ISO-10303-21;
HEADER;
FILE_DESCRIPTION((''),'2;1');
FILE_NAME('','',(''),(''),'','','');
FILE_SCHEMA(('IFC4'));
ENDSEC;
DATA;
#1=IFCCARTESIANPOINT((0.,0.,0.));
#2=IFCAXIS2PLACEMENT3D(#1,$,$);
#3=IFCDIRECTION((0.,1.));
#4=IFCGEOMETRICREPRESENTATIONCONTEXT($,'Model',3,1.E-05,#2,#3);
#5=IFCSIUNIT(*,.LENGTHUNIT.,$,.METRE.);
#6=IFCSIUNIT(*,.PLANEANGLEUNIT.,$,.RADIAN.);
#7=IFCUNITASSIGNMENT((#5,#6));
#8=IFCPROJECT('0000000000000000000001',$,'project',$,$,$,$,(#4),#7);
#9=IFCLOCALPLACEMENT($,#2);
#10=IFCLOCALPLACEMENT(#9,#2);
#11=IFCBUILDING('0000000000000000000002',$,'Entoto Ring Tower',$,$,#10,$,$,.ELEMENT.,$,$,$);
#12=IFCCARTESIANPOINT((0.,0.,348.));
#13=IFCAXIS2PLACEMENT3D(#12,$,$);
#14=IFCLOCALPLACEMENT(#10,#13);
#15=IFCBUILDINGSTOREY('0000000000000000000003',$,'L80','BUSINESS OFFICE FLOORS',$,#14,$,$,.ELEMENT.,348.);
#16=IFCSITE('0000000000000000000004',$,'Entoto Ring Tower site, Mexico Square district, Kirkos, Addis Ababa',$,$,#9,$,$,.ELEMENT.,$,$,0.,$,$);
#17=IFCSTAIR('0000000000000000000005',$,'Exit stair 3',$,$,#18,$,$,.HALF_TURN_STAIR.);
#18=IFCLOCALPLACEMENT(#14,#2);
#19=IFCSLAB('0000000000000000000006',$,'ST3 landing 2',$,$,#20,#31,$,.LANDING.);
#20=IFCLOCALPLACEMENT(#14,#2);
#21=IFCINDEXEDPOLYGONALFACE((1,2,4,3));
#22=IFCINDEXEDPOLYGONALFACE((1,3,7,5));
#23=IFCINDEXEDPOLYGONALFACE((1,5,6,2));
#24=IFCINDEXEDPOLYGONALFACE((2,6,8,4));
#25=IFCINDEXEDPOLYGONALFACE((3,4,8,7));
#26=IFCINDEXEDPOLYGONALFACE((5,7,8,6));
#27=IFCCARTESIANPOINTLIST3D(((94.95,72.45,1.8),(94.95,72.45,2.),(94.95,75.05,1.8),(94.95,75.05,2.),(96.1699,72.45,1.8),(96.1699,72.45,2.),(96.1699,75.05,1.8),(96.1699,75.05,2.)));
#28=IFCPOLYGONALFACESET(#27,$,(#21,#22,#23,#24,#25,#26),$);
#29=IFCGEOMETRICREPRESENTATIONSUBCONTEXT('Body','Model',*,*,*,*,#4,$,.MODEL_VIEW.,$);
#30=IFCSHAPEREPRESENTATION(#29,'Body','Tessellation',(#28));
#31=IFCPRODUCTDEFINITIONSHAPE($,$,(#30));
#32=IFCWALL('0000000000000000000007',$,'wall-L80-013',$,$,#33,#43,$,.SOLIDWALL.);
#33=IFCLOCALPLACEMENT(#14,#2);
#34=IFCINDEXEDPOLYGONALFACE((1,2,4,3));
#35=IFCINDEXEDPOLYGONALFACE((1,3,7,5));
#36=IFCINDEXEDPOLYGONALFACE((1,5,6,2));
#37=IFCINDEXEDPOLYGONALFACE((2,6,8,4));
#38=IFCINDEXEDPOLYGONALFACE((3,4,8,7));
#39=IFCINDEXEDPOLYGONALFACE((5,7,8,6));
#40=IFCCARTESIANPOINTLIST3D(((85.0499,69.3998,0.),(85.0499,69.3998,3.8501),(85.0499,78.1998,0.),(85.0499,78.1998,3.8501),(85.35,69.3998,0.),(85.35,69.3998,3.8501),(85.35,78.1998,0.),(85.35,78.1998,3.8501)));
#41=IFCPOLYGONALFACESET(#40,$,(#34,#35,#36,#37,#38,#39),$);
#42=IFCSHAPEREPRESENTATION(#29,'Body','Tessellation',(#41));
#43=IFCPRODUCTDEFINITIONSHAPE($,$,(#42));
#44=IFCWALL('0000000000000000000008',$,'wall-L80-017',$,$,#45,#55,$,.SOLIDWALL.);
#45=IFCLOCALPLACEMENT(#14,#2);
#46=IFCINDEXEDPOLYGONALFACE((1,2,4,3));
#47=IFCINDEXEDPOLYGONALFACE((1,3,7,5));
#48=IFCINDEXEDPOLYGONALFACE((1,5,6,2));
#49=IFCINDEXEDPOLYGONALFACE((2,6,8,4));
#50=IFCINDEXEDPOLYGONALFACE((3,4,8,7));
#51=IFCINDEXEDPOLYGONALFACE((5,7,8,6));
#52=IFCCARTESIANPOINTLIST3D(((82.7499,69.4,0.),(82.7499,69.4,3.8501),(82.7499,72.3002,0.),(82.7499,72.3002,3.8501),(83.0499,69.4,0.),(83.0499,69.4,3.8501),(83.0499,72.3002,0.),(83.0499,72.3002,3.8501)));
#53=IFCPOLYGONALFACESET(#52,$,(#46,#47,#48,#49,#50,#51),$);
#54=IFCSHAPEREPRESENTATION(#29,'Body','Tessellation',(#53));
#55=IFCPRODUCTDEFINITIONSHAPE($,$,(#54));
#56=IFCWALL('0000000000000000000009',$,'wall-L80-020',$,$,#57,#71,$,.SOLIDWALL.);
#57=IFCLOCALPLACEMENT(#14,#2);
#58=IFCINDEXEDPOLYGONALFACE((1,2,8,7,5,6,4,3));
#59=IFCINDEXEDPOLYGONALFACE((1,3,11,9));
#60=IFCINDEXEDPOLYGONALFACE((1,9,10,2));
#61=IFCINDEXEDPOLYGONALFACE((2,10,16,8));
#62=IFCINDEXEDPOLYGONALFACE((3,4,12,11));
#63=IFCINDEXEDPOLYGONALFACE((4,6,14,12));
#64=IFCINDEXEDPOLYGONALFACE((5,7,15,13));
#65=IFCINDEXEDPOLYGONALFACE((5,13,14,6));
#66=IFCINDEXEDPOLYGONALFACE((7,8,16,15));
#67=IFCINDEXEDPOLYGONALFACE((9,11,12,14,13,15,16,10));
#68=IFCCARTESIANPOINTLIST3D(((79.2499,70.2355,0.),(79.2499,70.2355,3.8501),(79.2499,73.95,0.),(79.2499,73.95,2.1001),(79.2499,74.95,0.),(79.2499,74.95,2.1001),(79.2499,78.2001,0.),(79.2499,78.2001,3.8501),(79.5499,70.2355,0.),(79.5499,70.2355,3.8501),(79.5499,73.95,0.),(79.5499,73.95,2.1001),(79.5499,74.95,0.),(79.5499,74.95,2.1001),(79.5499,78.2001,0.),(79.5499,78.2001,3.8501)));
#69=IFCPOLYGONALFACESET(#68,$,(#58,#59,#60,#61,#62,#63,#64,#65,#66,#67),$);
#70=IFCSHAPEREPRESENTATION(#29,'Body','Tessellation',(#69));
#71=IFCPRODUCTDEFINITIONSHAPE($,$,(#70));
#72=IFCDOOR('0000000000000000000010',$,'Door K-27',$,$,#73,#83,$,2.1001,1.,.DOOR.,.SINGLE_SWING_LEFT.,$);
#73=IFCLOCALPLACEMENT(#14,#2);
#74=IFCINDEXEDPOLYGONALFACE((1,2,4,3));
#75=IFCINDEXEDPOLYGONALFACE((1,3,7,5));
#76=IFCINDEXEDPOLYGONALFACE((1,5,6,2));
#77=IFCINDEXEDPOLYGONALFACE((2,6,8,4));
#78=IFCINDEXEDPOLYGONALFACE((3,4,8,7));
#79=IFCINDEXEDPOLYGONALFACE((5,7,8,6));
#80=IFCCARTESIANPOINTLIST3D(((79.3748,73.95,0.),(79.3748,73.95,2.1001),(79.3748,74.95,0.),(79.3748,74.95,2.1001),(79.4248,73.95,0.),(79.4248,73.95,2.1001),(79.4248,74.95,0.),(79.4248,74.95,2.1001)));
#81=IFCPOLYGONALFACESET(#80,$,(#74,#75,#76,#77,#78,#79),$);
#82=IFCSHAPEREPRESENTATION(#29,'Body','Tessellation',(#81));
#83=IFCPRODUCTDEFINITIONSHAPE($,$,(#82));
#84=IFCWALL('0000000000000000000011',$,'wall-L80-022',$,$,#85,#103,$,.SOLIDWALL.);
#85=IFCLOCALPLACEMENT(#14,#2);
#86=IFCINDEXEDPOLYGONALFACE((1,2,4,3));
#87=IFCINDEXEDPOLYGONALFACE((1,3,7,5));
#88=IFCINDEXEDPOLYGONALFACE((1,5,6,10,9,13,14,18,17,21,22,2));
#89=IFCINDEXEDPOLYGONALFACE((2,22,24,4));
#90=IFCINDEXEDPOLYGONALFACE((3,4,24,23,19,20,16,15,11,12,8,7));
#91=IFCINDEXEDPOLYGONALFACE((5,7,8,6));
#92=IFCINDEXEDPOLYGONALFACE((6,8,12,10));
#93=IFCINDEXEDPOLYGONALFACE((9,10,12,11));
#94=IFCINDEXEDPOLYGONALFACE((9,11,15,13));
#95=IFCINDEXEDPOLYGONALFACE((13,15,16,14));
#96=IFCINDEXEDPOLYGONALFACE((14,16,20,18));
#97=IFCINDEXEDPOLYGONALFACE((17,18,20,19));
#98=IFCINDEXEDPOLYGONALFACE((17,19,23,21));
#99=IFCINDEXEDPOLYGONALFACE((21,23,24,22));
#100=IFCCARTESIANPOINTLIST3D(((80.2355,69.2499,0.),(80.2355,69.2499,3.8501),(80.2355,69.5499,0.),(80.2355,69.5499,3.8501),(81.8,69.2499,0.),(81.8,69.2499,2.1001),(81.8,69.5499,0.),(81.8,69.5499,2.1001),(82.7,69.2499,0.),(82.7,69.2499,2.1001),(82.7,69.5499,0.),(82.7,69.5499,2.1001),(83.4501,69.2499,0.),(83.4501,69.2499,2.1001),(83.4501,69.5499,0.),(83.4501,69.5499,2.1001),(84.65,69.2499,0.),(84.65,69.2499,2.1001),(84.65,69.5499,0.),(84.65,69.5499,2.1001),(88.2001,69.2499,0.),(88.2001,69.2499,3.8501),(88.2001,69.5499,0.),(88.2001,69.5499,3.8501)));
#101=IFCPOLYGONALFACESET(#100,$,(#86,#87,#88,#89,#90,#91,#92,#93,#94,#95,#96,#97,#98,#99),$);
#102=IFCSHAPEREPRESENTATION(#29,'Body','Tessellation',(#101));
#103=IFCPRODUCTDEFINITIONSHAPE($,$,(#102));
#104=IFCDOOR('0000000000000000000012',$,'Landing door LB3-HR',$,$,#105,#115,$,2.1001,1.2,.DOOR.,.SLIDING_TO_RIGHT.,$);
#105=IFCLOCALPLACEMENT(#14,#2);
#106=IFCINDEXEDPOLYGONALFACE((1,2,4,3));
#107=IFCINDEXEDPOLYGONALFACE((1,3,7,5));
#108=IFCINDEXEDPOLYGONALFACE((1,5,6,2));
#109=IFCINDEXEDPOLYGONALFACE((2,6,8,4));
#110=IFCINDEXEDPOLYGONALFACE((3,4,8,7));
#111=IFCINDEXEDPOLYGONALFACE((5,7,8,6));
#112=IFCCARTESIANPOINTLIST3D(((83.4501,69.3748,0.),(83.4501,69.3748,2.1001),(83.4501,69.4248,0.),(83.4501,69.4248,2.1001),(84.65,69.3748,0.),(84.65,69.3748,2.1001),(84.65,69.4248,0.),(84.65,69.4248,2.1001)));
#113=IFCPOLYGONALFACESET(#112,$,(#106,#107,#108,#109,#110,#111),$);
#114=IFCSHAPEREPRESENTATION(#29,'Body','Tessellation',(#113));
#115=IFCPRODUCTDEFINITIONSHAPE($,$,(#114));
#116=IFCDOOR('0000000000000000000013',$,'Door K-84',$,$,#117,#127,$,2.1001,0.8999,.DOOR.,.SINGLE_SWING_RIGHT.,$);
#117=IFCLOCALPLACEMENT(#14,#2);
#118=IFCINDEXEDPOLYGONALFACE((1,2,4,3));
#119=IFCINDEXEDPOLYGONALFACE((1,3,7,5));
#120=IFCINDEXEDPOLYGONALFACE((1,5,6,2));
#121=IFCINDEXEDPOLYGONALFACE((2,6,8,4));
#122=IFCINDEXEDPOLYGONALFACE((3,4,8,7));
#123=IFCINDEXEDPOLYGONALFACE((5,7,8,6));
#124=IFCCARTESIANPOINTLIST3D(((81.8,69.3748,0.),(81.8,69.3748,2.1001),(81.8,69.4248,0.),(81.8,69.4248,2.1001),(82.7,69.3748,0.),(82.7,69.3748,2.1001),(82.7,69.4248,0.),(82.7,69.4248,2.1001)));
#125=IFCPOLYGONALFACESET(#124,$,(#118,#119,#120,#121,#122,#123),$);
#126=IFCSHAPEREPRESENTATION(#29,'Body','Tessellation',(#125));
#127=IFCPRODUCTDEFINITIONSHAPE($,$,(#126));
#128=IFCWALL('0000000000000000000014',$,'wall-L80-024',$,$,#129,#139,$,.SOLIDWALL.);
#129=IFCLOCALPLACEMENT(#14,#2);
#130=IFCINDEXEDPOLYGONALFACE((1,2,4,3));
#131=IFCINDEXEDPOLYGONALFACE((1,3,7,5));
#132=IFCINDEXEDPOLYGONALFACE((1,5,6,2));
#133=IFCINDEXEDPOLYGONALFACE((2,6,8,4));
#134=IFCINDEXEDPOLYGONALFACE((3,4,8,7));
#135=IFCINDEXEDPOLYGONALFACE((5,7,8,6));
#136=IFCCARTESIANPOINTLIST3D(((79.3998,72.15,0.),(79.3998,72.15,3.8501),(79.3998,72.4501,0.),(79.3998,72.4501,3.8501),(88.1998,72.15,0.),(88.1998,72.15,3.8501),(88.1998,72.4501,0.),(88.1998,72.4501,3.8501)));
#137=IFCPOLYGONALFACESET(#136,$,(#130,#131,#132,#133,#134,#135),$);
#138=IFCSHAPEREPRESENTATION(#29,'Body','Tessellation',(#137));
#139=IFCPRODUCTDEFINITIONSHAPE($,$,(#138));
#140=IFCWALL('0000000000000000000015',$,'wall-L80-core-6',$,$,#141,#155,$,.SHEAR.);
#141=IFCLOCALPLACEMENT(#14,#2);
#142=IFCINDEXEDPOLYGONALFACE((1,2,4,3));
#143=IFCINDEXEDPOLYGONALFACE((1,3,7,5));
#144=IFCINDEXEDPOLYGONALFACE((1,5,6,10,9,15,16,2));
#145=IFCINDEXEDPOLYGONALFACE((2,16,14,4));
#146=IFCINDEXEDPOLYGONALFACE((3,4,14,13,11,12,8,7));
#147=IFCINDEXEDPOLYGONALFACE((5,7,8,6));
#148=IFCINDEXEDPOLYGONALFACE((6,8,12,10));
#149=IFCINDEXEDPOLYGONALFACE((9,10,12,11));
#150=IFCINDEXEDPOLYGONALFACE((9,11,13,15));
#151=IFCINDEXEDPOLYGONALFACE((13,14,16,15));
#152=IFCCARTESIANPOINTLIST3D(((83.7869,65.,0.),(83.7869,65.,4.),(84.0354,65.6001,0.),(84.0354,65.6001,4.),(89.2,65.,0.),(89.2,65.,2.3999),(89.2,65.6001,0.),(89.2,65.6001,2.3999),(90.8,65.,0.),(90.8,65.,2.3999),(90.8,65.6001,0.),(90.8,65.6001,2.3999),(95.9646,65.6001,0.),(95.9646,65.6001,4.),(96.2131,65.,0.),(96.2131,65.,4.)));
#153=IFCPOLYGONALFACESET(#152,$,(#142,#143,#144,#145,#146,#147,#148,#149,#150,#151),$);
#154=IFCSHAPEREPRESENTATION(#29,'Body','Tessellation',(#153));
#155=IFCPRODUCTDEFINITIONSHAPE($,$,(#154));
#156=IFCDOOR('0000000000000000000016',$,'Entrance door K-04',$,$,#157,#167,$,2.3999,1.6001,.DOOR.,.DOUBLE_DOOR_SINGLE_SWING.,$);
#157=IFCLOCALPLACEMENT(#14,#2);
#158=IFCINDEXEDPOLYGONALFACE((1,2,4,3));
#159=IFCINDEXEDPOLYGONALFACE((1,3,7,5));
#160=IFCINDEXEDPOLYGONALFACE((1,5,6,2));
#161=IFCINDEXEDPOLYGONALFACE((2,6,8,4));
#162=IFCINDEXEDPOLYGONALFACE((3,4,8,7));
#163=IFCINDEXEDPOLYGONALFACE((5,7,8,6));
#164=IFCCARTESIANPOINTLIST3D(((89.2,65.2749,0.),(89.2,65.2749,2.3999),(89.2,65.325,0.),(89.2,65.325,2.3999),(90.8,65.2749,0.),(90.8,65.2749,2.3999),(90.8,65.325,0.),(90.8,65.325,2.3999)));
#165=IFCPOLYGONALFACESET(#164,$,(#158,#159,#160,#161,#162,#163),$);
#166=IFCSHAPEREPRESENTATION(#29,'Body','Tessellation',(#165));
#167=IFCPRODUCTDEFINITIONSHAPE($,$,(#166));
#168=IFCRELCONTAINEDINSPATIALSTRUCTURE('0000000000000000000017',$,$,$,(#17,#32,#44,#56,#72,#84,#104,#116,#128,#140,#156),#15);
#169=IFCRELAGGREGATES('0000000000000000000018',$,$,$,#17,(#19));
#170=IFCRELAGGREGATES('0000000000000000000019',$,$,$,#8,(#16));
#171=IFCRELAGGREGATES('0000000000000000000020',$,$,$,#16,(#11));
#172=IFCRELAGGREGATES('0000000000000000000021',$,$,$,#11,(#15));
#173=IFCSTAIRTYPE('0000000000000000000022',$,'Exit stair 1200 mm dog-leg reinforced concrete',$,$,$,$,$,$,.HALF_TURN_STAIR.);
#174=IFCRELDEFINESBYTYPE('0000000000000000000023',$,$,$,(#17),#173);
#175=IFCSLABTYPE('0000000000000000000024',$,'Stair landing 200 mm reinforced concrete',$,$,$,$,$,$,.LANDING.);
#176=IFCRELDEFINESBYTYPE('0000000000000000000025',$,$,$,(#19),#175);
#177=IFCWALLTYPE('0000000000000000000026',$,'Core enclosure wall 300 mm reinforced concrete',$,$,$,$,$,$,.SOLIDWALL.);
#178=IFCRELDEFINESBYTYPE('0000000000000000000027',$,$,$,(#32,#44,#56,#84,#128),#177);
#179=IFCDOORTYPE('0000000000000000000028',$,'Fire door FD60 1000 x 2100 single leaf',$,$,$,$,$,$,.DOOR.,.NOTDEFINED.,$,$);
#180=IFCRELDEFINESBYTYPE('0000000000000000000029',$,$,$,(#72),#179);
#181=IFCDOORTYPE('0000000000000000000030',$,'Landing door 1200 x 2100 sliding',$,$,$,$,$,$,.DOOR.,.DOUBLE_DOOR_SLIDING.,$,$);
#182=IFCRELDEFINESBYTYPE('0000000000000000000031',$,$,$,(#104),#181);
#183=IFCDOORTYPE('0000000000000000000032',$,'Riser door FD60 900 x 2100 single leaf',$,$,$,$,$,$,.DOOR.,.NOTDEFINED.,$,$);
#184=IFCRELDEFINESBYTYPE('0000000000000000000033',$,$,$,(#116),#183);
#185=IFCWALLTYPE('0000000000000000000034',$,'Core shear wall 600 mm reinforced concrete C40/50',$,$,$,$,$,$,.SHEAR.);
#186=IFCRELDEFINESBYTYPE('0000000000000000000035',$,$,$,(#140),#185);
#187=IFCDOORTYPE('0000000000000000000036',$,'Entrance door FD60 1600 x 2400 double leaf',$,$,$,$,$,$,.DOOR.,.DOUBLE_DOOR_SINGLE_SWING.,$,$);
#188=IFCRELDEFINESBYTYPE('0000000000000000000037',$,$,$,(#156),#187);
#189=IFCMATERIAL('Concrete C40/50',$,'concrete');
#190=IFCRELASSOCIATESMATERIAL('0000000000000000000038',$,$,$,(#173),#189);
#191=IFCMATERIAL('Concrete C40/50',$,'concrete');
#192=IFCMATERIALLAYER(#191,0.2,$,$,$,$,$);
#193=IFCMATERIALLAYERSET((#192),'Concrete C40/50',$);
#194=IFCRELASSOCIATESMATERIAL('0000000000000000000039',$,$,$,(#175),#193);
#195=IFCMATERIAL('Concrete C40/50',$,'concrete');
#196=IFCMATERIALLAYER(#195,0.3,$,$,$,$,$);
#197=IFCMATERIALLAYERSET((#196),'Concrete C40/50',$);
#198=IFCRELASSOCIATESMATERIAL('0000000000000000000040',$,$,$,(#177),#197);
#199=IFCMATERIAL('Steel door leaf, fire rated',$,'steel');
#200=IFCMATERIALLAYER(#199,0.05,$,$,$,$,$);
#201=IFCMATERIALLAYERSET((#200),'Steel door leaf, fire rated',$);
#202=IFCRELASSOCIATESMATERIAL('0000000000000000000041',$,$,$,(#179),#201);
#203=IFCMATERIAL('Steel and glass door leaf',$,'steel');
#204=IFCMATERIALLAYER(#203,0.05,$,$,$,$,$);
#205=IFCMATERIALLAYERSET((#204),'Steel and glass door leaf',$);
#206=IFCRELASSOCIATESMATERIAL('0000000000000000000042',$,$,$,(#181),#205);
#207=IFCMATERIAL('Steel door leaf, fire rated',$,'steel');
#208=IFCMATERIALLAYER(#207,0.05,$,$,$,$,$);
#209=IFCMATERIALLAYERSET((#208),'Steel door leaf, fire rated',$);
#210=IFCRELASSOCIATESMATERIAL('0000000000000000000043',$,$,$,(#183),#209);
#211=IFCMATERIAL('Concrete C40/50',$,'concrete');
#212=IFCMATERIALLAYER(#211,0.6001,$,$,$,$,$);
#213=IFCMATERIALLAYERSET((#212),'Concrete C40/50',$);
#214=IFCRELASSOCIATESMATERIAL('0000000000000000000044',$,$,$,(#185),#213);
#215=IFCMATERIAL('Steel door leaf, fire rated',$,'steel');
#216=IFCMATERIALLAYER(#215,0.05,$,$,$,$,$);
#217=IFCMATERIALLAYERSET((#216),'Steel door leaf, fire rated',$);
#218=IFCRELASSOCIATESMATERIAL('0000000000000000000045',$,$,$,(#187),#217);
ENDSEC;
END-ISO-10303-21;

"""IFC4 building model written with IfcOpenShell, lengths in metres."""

from ifc_helpers import new_model, si_unit, direction, frame, frame_2d, origin, place, context, subcontext, project, spatial, polyline, rectangle, outline, extrude, material, layer, layer_set, type_object, element, fill, aggregate, save


model = new_model("IFC4")

# Units and contexts
model_context = context("Model", 3, precision=1e-05, world=origin(), true_north=direction((0.0, 1.0)))
body_context = subcontext(model_context, "Body", "Model", "MODEL_VIEW")
ifc_project = project(units=[si_unit("LENGTHUNIT", "METRE"), si_unit("PLANEANGLEUNIT", "RADIAN")], contexts=[model_context])

# Site, building, storey
site_placement = place(None, origin())
site = spatial("IfcSite", under=ifc_project, at=site_placement, Name="Entoto Ring Tower site, Mexico Square district, Kirkos, Addis Ababa", CompositionType="ELEMENT", RefElevation=0.0)
building_placement = place(site_placement, origin())
building = spatial("IfcBuilding", under=site, at=building_placement, Name="Entoto Ring Tower", CompositionType="ELEMENT")
storey_placement = place(building_placement, frame((0.0, 0.0, 348.0)))
storey = spatial("IfcBuildingStorey", under=building, at=storey_placement, Name="L80", Description="BUSINESS OFFICE FLOORS", CompositionType="ELEMENT", Elevation=348.0)

# Stair, slab
ifc_material_1 = material(Name="Concrete C40/50", Category="concrete")
stair_type = type_object("IfcStairType", Name="Exit stair 1200 mm dog-leg reinforced concrete", PredefinedType="HALF_TURN_STAIR", material=ifc_material_1)
stair_placement = place(storey_placement, origin())
stair = element("IfcStair", 1, at=stair_placement, inside=storey, type_object=stair_type, Name="Exit stair 3", PredefinedType="HALF_TURN_STAIR")
ifc_material_2 = material(Name="Concrete C40/50", Category="concrete")
ifc_layer_1 = layer(ifc_material_2, 0.2)
ifc_layer_set_1 = layer_set([ifc_layer_1], Name="Concrete C40/50")
slab_type_1 = type_object("IfcSlabType", Name="Stair landing 200 mm reinforced concrete", PredefinedType="LANDING", material=ifc_layer_set_1)
slab_1_placement = place(storey_placement, frame((0.0, 0.0, 1.8)))
slab_1 = element("IfcSlab", 2, at=slab_1_placement, type_object=slab_type_1, Name="ST3 landing 2", PredefinedType="LANDING", context=body_context, shape_type="SweptSolid", body=[
    extrude(outline(polyline([(94.95, 72.45), (96.1699, 72.45), (96.1699, 75.05), (94.95, 75.05), (94.95, 72.45)])), origin(), (0.0, 0.0, 1.0), 0.2),
])
aggregate(stair, [slab_1])

# Walls
ifc_material_3 = material(Name="Concrete C40/50", Category="concrete")
ifc_layer_2 = layer(ifc_material_3, 0.3)
ifc_layer_set_2 = layer_set([ifc_layer_2], Name="Concrete C40/50")
wall_type_1 = type_object("IfcWallType", Name="Core enclosure wall 300 mm reinforced concrete", PredefinedType="SOLIDWALL", material=ifc_layer_set_2)
wall_1_placement = place(storey_placement, frame((85.2, 69.3999, 0.0), z_axis=(0.0, 0.0, 1.0), x_axis=(0.0, 1.0, 0.0)))
element("IfcWall", 3, at=wall_1_placement, inside=storey, type_object=wall_type_1, Name="wall-L80-013", PredefinedType="SOLIDWALL", context=body_context, shape_type="SweptSolid", body=[
    extrude(rectangle(XDim=8.8, YDim=0.3, at=frame_2d((4.3999, 0.0))), origin(), (0.0, 0.0, 1.0), 3.8501),
])
wall_2_placement = place(storey_placement, frame((82.8999, 69.3999, 0.0), z_axis=(0.0, 0.0, 1.0), x_axis=(0.0, 1.0, 0.0)))
element("IfcWall", 4, at=wall_2_placement, inside=storey, type_object=wall_type_1, Name="wall-L80-017", PredefinedType="SOLIDWALL", context=body_context, shape_type="SweptSolid", body=[
    extrude(rectangle(XDim=2.9001, YDim=0.3, at=frame_2d((1.4502, 0.0))), origin(), (0.0, 0.0, 1.0), 3.8501),
])

# Wall, opening, door
wall_3_placement = place(storey_placement, frame((79.3999, 70.2354, 0.0), z_axis=(0.0, 0.0, 1.0), x_axis=(0.0, 1.0, 0.0)))
wall_3 = element("IfcWall", 5, at=wall_3_placement, inside=storey, type_object=wall_type_1, Name="wall-L80-020", PredefinedType="SOLIDWALL", context=body_context, shape_type="SweptSolid", body=[
    extrude(rectangle(XDim=7.9646, YDim=0.3, at=frame_2d((3.9824, 0.0))), origin(), (0.0, 0.0, 1.0), 3.8501),
])
opening_1_placement = place(wall_3_placement, frame((3.7146, 0.0, 0.0)))
opening_1 = element("IfcOpeningElement", 6, at=opening_1_placement, cuts=wall_3, PredefinedType="OPENING", context=body_context, shape_type="SweptSolid", body=[
    extrude(rectangle(XDim=1.0, YDim=2.1001, at=frame_2d((0.5, 1.05))), frame((0.0, 0.1602, 0.0), z_axis=(0.0, -1.0, 0.0), x_axis=(1.0, 0.0, 0.0)), (0.0, 0.0, 1.0), 0.3201),
])
ifc_material_4 = material(Name="Steel door leaf, fire rated", Category="steel")
ifc_layer_3 = layer(ifc_material_4, 0.05)
ifc_layer_set_3 = layer_set([ifc_layer_3], Name="Steel door leaf, fire rated")
door_type_1 = type_object("IfcDoorType", Name="Fire door FD60 1000 x 2100 single leaf", OperationType="NOTDEFINED", PredefinedType="DOOR", material=ifc_layer_set_3)
door_1_placement = place(opening_1_placement, frame((1.0, 0.0, 0.0), z_axis=(0.0, 0.0, 1.0), x_axis=(-1.0, 0.0, 0.0)))
door_1 = element("IfcDoor", 7, at=door_1_placement, inside=storey, type_object=door_type_1, Name="Door K-27", OperationType="SINGLE_SWING_LEFT", OverallHeight=2.1001, OverallWidth=1.0, PredefinedType="DOOR", context=body_context, shape_type="SweptSolid", body=[
    extrude(rectangle(XDim=1.0, YDim=2.1001, at=frame_2d((0.5, 1.05))), frame((0.0, 0.0249, 0.0), z_axis=(0.0, -1.0, 0.0), x_axis=(1.0, 0.0, 0.0)), (0.0, 0.0, 1.0), 0.05),
])
fill(opening_1, door_1)

# Wall, openings, doors
wall_4_placement = place(storey_placement, frame((80.2354, 69.3999, 0.0), z_axis=(0.0, 0.0, 1.0), x_axis=(1.0, 0.0, 0.0)))
wall_4 = element("IfcWall", 8, at=wall_4_placement, inside=storey, type_object=wall_type_1, Name="wall-L80-022", PredefinedType="SOLIDWALL", context=body_context, shape_type="SweptSolid", body=[
    extrude(rectangle(XDim=7.9646, YDim=0.3, at=frame_2d((3.9824, 0.0))), origin(), (0.0, 0.0, 1.0), 3.8501),
])
opening_2_placement = place(wall_4_placement, frame((3.2146, 0.0, 0.0)))
opening_2 = element("IfcOpeningElement", 9, at=opening_2_placement, cuts=wall_4, PredefinedType="OPENING", context=body_context, shape_type="SweptSolid", body=[
    extrude(rectangle(XDim=1.2, YDim=2.1001, at=frame_2d((0.6001, 1.05))), frame((0.0, 0.1602, 0.0), z_axis=(0.0, -1.0, 0.0), x_axis=(1.0, 0.0, 0.0)), (0.0, 0.0, 1.0), 0.3201),
])
opening_3_placement = place(wall_4_placement, frame((1.5647, 0.0, 0.0)))
opening_3 = element("IfcOpeningElement", 10, at=opening_3_placement, cuts=wall_4, PredefinedType="OPENING", context=body_context, shape_type="SweptSolid", body=[
    extrude(rectangle(XDim=0.8999, YDim=2.1001, at=frame_2d((0.45, 1.05))), frame((0.0, 0.1602, 0.0), z_axis=(0.0, -1.0, 0.0), x_axis=(1.0, 0.0, 0.0)), (0.0, 0.0, 1.0), 0.3201),
])
ifc_material_5 = material(Name="Steel and glass door leaf", Category="steel")
ifc_layer_4 = layer(ifc_material_5, 0.05)
ifc_layer_set_4 = layer_set([ifc_layer_4], Name="Steel and glass door leaf")
door_type_2 = type_object("IfcDoorType", Name="Landing door 1200 x 2100 sliding", OperationType="DOUBLE_DOOR_SLIDING", PredefinedType="DOOR", material=ifc_layer_set_4)
door_2_placement = place(opening_2_placement, origin())
door_2 = element("IfcDoor", 11, at=door_2_placement, inside=storey, type_object=door_type_2, Name="Landing door LB3-HR", OperationType="SLIDING_TO_RIGHT", OverallHeight=2.1001, OverallWidth=1.2, PredefinedType="DOOR", context=body_context, shape_type="SweptSolid", body=[
    extrude(rectangle(XDim=1.2, YDim=2.1001, at=frame_2d((0.6001, 1.05))), frame((0.0, 0.0249, 0.0), z_axis=(0.0, -1.0, 0.0), x_axis=(1.0, 0.0, 0.0)), (0.0, 0.0, 1.0), 0.05),
])
fill(opening_2, door_2)
ifc_material_6 = material(Name="Steel door leaf, fire rated", Category="steel")
ifc_layer_5 = layer(ifc_material_6, 0.05)
ifc_layer_set_5 = layer_set([ifc_layer_5], Name="Steel door leaf, fire rated")
door_type_3 = type_object("IfcDoorType", Name="Riser door FD60 900 x 2100 single leaf", OperationType="NOTDEFINED", PredefinedType="DOOR", material=ifc_layer_set_5)
door_3_placement = place(opening_3_placement, origin())
door_3 = element("IfcDoor", 12, at=door_3_placement, inside=storey, type_object=door_type_3, Name="Door K-84", OperationType="SINGLE_SWING_RIGHT", OverallHeight=2.1001, OverallWidth=0.8999, PredefinedType="DOOR", context=body_context, shape_type="SweptSolid", body=[
    extrude(rectangle(XDim=0.8999, YDim=2.1001, at=frame_2d((0.45, 1.05))), frame((0.0, 0.0249, 0.0), z_axis=(0.0, -1.0, 0.0), x_axis=(1.0, 0.0, 0.0)), (0.0, 0.0, 1.0), 0.05),
])
fill(opening_3, door_3)

# Wall
wall_5_placement = place(storey_placement, frame((79.3999, 72.3, 0.0), z_axis=(0.0, 0.0, 1.0), x_axis=(1.0, 0.0, 0.0)))
element("IfcWall", 13, at=wall_5_placement, inside=storey, type_object=wall_type_1, Name="wall-L80-024", PredefinedType="SOLIDWALL", context=body_context, shape_type="SweptSolid", body=[
    extrude(rectangle(XDim=8.8, YDim=0.3, at=frame_2d((4.3999, 0.0))), origin(), (0.0, 0.0, 1.0), 3.8501),
])

# Wall, opening, door
ifc_material_7 = material(Name="Concrete C40/50", Category="concrete")
ifc_layer_6 = layer(ifc_material_7, 0.6001)
ifc_layer_set_6 = layer_set([ifc_layer_6], Name="Concrete C40/50")
wall_type_2 = type_object("IfcWallType", Name="Core shear wall 600 mm reinforced concrete C40/50", PredefinedType="SHEAR", material=ifc_layer_set_6)
wall_6_placement = place(storey_placement, frame((83.9111, 65.3, 0.0), z_axis=(0.0, 0.0, 1.0), x_axis=(1.0, 0.0, 0.0)))
wall_6 = element("IfcWall", 14, at=wall_6_placement, inside=storey, type_object=wall_type_2, Name="wall-L80-core-6", PredefinedType="SHEAR", context=body_context, shape_type="SweptSolid", body=[
    extrude(outline(polyline([(-0.1243, -0.3), (12.302, -0.3), (12.0535, 0.3), (0.1243, 0.3), (-0.1243, -0.3)])), origin(), (0.0, 0.0, 1.0), 4.0),
])
opening_4_placement = place(wall_6_placement, frame((5.2888, 0.0, 0.0)))
opening_4 = element("IfcOpeningElement", 15, at=opening_4_placement, cuts=wall_6, PredefinedType="OPENING", context=body_context, shape_type="SweptSolid", body=[
    extrude(rectangle(XDim=1.6001, YDim=2.3999, at=frame_2d((0.8, 1.2))), frame((0.0, 0.3101, 0.0), z_axis=(0.0, -1.0, 0.0), x_axis=(1.0, 0.0, 0.0)), (0.0, 0.0, 1.0), 0.6201),
])
ifc_material_8 = material(Name="Steel door leaf, fire rated", Category="steel")
ifc_layer_7 = layer(ifc_material_8, 0.05)
ifc_layer_set_7 = layer_set([ifc_layer_7], Name="Steel door leaf, fire rated")
door_type_4 = type_object("IfcDoorType", Name="Entrance door FD60 1600 x 2400 double leaf", OperationType="DOUBLE_DOOR_SINGLE_SWING", PredefinedType="DOOR", material=ifc_layer_set_7)
door_4_placement = place(opening_4_placement, origin())
door_4 = element("IfcDoor", 16, at=door_4_placement, inside=storey, type_object=door_type_4, Name="Entrance door K-04", OperationType="DOUBLE_DOOR_SINGLE_SWING", OverallHeight=2.3999, OverallWidth=1.6001, PredefinedType="DOOR", context=body_context, shape_type="SweptSolid", body=[
    extrude(rectangle(XDim=1.6001, YDim=2.3999, at=frame_2d((0.8, 1.2))), frame((0.0, 0.0249, 0.0), z_axis=(0.0, -1.0, 0.0), x_axis=(1.0, 0.0, 0.0)), (0.0, 0.0, 1.0), 0.05),
])
fill(opening_4, door_4)

save(model, "model.ifc")
